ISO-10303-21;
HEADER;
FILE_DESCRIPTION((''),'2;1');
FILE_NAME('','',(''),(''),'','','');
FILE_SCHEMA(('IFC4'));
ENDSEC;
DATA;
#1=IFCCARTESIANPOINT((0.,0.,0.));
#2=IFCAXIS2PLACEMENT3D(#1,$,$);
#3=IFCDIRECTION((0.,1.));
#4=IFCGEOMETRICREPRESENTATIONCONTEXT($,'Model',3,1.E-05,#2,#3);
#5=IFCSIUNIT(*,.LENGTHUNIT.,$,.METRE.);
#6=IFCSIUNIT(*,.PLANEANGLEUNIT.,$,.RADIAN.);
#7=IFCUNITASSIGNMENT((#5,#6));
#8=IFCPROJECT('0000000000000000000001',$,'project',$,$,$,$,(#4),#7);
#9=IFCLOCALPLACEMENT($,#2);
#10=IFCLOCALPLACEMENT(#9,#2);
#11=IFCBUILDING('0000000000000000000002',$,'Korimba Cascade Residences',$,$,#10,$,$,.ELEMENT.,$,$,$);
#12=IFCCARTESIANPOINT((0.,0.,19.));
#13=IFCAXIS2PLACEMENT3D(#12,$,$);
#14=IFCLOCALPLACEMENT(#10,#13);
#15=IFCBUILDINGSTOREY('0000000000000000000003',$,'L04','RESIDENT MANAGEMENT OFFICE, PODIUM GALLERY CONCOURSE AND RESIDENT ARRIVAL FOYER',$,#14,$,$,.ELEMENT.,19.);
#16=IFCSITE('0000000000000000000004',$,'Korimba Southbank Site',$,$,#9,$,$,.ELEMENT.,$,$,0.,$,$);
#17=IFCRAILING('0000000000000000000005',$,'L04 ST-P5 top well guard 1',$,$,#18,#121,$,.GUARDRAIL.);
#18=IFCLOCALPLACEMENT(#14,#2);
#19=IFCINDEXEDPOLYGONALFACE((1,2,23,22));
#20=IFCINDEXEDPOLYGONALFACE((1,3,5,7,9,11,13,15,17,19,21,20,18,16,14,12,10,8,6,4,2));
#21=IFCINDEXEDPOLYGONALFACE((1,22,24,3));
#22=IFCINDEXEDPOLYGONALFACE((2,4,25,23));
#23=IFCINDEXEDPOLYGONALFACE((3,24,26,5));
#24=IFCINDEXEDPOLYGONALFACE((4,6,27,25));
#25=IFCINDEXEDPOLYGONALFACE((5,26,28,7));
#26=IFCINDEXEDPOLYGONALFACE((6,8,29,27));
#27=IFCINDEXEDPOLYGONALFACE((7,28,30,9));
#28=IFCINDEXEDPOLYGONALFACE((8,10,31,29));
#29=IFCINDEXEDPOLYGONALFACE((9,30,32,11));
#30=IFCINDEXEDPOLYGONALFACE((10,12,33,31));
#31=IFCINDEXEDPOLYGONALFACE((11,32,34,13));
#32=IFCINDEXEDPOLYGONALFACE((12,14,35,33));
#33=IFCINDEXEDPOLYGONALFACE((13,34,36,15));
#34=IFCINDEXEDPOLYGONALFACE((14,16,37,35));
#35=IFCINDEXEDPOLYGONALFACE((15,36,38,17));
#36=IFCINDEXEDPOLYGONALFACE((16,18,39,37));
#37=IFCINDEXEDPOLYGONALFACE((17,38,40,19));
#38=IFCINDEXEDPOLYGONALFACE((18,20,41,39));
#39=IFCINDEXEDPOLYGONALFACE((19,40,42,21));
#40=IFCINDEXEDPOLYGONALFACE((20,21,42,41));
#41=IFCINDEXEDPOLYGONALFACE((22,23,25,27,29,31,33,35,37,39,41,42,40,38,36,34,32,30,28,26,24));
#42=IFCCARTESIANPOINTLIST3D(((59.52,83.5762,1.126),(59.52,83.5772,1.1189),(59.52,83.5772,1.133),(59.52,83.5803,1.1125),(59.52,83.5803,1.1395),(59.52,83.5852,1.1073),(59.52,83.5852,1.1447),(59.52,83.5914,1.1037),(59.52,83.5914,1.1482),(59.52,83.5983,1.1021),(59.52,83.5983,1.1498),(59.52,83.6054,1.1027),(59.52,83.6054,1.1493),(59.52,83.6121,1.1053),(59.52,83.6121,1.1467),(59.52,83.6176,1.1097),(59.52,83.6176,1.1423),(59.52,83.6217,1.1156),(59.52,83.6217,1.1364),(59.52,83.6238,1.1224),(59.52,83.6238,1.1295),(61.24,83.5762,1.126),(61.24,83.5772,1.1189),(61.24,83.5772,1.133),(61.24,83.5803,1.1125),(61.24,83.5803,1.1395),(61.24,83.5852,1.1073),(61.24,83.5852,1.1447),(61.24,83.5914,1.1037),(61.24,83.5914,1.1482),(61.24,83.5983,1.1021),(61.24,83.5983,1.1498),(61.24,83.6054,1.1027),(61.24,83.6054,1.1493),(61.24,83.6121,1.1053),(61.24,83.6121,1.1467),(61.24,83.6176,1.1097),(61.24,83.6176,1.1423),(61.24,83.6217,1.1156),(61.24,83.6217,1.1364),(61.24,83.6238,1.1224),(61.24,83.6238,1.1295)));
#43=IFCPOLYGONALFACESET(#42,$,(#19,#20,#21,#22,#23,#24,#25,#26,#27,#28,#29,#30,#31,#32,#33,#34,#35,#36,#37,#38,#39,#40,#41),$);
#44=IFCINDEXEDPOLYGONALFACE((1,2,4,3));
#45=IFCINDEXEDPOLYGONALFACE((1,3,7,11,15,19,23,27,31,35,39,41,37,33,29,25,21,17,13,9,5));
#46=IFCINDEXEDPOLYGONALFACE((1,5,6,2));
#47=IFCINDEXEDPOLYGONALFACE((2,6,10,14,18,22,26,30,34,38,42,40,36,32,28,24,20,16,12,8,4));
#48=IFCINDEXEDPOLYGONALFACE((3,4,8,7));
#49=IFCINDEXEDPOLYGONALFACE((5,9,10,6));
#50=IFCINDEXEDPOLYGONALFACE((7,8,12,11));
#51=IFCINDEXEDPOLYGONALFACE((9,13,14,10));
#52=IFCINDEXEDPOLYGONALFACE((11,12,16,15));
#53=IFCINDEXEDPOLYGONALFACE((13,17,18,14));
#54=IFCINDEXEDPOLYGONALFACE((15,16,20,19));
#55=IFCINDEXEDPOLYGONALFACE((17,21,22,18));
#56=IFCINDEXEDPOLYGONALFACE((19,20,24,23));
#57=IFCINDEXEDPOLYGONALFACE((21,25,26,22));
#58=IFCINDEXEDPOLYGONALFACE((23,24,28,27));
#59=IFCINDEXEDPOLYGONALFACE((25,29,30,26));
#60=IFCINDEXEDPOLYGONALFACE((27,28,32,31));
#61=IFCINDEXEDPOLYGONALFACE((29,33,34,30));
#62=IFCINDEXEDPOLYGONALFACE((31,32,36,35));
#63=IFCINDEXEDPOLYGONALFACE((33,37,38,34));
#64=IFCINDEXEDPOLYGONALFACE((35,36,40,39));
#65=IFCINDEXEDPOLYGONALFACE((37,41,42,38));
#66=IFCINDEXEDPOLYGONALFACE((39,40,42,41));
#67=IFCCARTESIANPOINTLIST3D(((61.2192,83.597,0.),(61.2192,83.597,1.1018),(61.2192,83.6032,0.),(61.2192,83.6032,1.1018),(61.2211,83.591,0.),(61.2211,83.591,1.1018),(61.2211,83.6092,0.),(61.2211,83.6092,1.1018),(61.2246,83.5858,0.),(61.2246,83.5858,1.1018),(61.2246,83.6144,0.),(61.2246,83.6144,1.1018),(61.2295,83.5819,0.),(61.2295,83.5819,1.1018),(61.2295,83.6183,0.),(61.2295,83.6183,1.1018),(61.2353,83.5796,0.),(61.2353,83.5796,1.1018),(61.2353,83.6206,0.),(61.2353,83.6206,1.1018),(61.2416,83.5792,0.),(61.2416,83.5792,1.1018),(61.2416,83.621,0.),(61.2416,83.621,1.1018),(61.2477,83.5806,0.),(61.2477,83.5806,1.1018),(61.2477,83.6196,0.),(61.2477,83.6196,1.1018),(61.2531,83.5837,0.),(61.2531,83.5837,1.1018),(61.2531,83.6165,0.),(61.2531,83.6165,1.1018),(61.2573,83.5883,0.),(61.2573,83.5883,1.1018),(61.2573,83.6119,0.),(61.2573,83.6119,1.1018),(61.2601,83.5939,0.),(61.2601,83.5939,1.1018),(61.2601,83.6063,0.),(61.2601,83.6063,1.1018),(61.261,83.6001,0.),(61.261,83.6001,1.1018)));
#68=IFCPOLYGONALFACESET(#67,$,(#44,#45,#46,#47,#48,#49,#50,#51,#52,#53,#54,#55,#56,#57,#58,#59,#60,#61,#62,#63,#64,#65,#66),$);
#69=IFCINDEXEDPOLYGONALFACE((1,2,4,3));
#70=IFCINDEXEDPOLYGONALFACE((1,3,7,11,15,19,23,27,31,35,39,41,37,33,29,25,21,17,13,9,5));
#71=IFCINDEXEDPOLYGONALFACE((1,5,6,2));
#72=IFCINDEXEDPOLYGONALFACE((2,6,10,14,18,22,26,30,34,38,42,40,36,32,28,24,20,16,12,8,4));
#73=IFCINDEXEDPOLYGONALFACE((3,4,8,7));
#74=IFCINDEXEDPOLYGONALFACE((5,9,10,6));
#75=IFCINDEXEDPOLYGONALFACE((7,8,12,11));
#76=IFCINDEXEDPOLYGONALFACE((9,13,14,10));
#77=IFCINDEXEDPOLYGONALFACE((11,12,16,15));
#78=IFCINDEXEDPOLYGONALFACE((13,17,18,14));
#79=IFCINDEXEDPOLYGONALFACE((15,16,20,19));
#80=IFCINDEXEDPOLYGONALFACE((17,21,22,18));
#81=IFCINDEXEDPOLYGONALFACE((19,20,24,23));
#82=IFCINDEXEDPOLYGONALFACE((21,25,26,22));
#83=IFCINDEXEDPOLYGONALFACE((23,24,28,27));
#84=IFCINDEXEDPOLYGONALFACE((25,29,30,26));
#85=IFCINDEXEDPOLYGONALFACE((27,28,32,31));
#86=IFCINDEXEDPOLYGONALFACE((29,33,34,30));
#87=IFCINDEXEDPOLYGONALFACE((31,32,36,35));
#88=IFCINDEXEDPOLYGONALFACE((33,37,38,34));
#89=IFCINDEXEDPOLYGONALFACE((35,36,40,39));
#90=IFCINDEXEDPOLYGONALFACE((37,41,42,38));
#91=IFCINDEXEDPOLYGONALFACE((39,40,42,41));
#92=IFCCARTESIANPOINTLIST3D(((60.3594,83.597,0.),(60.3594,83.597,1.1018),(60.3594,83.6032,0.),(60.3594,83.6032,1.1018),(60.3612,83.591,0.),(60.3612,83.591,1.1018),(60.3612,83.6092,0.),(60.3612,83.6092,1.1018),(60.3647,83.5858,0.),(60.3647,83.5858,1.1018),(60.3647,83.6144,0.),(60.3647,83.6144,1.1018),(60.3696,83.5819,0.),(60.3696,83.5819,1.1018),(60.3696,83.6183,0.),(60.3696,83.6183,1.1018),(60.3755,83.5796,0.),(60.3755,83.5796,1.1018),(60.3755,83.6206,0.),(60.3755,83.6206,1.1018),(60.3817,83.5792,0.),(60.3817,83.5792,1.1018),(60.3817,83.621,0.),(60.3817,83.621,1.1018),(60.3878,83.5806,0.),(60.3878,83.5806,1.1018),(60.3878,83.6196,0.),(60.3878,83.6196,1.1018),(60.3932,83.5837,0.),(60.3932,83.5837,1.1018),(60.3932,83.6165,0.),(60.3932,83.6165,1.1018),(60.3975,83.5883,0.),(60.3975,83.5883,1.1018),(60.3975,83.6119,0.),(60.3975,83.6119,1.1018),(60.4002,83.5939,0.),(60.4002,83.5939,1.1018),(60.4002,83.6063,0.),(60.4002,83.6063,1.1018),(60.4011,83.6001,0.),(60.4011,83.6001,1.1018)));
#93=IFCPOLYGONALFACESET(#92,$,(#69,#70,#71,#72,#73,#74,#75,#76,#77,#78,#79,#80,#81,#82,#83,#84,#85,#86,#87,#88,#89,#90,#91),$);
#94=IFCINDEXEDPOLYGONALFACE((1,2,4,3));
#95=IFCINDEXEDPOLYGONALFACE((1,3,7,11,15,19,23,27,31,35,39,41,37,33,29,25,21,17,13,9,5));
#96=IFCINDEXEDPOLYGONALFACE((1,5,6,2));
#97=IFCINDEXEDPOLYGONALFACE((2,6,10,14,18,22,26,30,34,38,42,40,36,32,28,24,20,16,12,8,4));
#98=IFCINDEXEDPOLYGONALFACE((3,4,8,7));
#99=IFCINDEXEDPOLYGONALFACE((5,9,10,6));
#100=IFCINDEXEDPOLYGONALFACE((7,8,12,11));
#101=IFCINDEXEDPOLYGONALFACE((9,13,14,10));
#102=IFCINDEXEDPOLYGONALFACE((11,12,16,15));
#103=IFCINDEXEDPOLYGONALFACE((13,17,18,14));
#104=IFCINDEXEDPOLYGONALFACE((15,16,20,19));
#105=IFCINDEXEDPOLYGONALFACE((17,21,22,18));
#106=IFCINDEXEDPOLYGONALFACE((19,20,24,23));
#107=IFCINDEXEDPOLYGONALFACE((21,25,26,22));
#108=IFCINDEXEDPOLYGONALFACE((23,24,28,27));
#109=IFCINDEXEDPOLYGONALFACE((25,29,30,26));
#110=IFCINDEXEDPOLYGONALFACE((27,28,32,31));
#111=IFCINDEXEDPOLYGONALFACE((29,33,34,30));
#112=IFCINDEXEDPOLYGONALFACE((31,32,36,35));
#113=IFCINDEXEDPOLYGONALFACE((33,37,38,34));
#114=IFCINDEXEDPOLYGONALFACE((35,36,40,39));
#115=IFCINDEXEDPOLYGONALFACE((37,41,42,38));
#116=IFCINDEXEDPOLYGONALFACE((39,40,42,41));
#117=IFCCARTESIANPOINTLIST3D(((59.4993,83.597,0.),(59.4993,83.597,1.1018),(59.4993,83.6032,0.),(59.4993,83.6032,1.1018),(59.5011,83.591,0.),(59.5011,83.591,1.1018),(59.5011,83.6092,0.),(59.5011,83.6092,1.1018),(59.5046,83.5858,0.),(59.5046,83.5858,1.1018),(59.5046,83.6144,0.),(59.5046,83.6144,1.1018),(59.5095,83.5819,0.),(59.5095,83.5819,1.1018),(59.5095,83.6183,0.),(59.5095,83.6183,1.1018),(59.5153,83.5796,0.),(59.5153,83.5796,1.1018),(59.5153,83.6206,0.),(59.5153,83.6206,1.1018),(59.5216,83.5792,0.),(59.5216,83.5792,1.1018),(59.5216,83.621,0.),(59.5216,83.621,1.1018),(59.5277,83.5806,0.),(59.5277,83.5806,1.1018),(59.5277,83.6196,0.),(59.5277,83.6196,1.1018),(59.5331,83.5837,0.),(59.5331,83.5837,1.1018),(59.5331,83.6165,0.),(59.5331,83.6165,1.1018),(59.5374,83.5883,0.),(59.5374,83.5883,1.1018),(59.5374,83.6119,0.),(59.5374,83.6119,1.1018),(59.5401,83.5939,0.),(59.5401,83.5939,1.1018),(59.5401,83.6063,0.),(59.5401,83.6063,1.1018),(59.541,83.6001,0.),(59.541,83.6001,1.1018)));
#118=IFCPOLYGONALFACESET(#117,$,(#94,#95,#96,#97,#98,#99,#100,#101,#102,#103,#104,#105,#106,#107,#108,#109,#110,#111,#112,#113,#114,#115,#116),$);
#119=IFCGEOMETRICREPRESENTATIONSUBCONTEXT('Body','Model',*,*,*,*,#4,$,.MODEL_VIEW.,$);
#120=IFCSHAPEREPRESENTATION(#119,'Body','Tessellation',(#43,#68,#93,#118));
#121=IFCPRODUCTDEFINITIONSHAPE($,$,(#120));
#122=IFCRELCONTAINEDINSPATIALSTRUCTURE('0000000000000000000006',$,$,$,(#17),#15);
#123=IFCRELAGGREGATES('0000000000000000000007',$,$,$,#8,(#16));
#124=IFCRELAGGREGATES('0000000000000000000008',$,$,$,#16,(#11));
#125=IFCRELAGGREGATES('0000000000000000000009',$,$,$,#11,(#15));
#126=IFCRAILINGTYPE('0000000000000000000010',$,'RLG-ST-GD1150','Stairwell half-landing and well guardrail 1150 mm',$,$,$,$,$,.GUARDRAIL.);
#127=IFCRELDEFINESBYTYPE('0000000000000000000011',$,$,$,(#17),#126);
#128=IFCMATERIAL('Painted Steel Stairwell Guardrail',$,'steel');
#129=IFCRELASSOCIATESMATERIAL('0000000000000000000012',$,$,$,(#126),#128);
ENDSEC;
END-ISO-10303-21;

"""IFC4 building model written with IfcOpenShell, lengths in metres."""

from ifc_helpers import new_model, si_unit, direction, frame, origin, origin_2d, place, context, subcontext, project, spatial, circle, extrude, material, type_object, element, save


model = new_model("IFC4")

# Units and contexts
model_context = context("Model", 3, precision=1e-05, world=origin(), true_north=direction((0.0, 1.0)))
body_context = subcontext(model_context, "Body", "Model", "MODEL_VIEW")
ifc_project = project(units=[si_unit("LENGTHUNIT", "METRE"), si_unit("PLANEANGLEUNIT", "RADIAN")], contexts=[model_context])

# Site, building, storey
site_placement = place(None, origin())
site = spatial("IfcSite", under=ifc_project, at=site_placement, Name="Korimba Southbank Site", CompositionType="ELEMENT", RefElevation=0.0)
building_placement = place(site_placement, origin())
building = spatial("IfcBuilding", under=site, at=building_placement, Name="Korimba Cascade Residences", CompositionType="ELEMENT")
storey_placement = place(building_placement, frame((0.0, 0.0, 19.0)))
storey = spatial("IfcBuildingStorey", under=building, at=storey_placement, Name="L04", Description="RESIDENT MANAGEMENT OFFICE, PODIUM GALLERY CONCOURSE AND RESIDENT ARRIVAL FOYER", CompositionType="ELEMENT", Elevation=19.0)

# Railing
ifc_material_1 = material(Name="Painted Steel Stairwell Guardrail", Category="steel")
railing_type_1 = type_object("IfcRailingType", Name="RLG-ST-GD1150", Description="Stairwell half-landing and well guardrail 1150 mm", PredefinedType="GUARDRAIL", material=ifc_material_1)
railing_1_placement = place(storey_placement, frame((61.24, 83.6001, 0.0)))
element("IfcRailing", 1, at=railing_1_placement, inside=storey, type_object=railing_type_1, Name="L04 ST-P5 top well guard 1", PredefinedType="GUARDRAIL", context=body_context, shape_type="SweptSolid", body=[
    extrude(circle(Radius=0.0239, at=origin_2d()), frame((0.0, 0.0, 1.126), z_axis=(-1.0, 0.0, 0.0), x_axis=(0.0, -1.0, 0.0)), (0.0, 0.0, 1.0), 1.72),
    extrude(circle(Radius=0.021, at=origin_2d()), origin(), (0.0, 0.0, 1.0), 1.1018),
    extrude(circle(Radius=0.021, at=origin_2d()), frame((-0.8599, 0.0, 0.0)), (0.0, 0.0, 1.0), 1.1018),
    extrude(circle(Radius=0.021, at=origin_2d()), frame((-1.72, 0.0, 0.0)), (0.0, 0.0, 1.0), 1.1018),
])

save(model, "model.ifc")
